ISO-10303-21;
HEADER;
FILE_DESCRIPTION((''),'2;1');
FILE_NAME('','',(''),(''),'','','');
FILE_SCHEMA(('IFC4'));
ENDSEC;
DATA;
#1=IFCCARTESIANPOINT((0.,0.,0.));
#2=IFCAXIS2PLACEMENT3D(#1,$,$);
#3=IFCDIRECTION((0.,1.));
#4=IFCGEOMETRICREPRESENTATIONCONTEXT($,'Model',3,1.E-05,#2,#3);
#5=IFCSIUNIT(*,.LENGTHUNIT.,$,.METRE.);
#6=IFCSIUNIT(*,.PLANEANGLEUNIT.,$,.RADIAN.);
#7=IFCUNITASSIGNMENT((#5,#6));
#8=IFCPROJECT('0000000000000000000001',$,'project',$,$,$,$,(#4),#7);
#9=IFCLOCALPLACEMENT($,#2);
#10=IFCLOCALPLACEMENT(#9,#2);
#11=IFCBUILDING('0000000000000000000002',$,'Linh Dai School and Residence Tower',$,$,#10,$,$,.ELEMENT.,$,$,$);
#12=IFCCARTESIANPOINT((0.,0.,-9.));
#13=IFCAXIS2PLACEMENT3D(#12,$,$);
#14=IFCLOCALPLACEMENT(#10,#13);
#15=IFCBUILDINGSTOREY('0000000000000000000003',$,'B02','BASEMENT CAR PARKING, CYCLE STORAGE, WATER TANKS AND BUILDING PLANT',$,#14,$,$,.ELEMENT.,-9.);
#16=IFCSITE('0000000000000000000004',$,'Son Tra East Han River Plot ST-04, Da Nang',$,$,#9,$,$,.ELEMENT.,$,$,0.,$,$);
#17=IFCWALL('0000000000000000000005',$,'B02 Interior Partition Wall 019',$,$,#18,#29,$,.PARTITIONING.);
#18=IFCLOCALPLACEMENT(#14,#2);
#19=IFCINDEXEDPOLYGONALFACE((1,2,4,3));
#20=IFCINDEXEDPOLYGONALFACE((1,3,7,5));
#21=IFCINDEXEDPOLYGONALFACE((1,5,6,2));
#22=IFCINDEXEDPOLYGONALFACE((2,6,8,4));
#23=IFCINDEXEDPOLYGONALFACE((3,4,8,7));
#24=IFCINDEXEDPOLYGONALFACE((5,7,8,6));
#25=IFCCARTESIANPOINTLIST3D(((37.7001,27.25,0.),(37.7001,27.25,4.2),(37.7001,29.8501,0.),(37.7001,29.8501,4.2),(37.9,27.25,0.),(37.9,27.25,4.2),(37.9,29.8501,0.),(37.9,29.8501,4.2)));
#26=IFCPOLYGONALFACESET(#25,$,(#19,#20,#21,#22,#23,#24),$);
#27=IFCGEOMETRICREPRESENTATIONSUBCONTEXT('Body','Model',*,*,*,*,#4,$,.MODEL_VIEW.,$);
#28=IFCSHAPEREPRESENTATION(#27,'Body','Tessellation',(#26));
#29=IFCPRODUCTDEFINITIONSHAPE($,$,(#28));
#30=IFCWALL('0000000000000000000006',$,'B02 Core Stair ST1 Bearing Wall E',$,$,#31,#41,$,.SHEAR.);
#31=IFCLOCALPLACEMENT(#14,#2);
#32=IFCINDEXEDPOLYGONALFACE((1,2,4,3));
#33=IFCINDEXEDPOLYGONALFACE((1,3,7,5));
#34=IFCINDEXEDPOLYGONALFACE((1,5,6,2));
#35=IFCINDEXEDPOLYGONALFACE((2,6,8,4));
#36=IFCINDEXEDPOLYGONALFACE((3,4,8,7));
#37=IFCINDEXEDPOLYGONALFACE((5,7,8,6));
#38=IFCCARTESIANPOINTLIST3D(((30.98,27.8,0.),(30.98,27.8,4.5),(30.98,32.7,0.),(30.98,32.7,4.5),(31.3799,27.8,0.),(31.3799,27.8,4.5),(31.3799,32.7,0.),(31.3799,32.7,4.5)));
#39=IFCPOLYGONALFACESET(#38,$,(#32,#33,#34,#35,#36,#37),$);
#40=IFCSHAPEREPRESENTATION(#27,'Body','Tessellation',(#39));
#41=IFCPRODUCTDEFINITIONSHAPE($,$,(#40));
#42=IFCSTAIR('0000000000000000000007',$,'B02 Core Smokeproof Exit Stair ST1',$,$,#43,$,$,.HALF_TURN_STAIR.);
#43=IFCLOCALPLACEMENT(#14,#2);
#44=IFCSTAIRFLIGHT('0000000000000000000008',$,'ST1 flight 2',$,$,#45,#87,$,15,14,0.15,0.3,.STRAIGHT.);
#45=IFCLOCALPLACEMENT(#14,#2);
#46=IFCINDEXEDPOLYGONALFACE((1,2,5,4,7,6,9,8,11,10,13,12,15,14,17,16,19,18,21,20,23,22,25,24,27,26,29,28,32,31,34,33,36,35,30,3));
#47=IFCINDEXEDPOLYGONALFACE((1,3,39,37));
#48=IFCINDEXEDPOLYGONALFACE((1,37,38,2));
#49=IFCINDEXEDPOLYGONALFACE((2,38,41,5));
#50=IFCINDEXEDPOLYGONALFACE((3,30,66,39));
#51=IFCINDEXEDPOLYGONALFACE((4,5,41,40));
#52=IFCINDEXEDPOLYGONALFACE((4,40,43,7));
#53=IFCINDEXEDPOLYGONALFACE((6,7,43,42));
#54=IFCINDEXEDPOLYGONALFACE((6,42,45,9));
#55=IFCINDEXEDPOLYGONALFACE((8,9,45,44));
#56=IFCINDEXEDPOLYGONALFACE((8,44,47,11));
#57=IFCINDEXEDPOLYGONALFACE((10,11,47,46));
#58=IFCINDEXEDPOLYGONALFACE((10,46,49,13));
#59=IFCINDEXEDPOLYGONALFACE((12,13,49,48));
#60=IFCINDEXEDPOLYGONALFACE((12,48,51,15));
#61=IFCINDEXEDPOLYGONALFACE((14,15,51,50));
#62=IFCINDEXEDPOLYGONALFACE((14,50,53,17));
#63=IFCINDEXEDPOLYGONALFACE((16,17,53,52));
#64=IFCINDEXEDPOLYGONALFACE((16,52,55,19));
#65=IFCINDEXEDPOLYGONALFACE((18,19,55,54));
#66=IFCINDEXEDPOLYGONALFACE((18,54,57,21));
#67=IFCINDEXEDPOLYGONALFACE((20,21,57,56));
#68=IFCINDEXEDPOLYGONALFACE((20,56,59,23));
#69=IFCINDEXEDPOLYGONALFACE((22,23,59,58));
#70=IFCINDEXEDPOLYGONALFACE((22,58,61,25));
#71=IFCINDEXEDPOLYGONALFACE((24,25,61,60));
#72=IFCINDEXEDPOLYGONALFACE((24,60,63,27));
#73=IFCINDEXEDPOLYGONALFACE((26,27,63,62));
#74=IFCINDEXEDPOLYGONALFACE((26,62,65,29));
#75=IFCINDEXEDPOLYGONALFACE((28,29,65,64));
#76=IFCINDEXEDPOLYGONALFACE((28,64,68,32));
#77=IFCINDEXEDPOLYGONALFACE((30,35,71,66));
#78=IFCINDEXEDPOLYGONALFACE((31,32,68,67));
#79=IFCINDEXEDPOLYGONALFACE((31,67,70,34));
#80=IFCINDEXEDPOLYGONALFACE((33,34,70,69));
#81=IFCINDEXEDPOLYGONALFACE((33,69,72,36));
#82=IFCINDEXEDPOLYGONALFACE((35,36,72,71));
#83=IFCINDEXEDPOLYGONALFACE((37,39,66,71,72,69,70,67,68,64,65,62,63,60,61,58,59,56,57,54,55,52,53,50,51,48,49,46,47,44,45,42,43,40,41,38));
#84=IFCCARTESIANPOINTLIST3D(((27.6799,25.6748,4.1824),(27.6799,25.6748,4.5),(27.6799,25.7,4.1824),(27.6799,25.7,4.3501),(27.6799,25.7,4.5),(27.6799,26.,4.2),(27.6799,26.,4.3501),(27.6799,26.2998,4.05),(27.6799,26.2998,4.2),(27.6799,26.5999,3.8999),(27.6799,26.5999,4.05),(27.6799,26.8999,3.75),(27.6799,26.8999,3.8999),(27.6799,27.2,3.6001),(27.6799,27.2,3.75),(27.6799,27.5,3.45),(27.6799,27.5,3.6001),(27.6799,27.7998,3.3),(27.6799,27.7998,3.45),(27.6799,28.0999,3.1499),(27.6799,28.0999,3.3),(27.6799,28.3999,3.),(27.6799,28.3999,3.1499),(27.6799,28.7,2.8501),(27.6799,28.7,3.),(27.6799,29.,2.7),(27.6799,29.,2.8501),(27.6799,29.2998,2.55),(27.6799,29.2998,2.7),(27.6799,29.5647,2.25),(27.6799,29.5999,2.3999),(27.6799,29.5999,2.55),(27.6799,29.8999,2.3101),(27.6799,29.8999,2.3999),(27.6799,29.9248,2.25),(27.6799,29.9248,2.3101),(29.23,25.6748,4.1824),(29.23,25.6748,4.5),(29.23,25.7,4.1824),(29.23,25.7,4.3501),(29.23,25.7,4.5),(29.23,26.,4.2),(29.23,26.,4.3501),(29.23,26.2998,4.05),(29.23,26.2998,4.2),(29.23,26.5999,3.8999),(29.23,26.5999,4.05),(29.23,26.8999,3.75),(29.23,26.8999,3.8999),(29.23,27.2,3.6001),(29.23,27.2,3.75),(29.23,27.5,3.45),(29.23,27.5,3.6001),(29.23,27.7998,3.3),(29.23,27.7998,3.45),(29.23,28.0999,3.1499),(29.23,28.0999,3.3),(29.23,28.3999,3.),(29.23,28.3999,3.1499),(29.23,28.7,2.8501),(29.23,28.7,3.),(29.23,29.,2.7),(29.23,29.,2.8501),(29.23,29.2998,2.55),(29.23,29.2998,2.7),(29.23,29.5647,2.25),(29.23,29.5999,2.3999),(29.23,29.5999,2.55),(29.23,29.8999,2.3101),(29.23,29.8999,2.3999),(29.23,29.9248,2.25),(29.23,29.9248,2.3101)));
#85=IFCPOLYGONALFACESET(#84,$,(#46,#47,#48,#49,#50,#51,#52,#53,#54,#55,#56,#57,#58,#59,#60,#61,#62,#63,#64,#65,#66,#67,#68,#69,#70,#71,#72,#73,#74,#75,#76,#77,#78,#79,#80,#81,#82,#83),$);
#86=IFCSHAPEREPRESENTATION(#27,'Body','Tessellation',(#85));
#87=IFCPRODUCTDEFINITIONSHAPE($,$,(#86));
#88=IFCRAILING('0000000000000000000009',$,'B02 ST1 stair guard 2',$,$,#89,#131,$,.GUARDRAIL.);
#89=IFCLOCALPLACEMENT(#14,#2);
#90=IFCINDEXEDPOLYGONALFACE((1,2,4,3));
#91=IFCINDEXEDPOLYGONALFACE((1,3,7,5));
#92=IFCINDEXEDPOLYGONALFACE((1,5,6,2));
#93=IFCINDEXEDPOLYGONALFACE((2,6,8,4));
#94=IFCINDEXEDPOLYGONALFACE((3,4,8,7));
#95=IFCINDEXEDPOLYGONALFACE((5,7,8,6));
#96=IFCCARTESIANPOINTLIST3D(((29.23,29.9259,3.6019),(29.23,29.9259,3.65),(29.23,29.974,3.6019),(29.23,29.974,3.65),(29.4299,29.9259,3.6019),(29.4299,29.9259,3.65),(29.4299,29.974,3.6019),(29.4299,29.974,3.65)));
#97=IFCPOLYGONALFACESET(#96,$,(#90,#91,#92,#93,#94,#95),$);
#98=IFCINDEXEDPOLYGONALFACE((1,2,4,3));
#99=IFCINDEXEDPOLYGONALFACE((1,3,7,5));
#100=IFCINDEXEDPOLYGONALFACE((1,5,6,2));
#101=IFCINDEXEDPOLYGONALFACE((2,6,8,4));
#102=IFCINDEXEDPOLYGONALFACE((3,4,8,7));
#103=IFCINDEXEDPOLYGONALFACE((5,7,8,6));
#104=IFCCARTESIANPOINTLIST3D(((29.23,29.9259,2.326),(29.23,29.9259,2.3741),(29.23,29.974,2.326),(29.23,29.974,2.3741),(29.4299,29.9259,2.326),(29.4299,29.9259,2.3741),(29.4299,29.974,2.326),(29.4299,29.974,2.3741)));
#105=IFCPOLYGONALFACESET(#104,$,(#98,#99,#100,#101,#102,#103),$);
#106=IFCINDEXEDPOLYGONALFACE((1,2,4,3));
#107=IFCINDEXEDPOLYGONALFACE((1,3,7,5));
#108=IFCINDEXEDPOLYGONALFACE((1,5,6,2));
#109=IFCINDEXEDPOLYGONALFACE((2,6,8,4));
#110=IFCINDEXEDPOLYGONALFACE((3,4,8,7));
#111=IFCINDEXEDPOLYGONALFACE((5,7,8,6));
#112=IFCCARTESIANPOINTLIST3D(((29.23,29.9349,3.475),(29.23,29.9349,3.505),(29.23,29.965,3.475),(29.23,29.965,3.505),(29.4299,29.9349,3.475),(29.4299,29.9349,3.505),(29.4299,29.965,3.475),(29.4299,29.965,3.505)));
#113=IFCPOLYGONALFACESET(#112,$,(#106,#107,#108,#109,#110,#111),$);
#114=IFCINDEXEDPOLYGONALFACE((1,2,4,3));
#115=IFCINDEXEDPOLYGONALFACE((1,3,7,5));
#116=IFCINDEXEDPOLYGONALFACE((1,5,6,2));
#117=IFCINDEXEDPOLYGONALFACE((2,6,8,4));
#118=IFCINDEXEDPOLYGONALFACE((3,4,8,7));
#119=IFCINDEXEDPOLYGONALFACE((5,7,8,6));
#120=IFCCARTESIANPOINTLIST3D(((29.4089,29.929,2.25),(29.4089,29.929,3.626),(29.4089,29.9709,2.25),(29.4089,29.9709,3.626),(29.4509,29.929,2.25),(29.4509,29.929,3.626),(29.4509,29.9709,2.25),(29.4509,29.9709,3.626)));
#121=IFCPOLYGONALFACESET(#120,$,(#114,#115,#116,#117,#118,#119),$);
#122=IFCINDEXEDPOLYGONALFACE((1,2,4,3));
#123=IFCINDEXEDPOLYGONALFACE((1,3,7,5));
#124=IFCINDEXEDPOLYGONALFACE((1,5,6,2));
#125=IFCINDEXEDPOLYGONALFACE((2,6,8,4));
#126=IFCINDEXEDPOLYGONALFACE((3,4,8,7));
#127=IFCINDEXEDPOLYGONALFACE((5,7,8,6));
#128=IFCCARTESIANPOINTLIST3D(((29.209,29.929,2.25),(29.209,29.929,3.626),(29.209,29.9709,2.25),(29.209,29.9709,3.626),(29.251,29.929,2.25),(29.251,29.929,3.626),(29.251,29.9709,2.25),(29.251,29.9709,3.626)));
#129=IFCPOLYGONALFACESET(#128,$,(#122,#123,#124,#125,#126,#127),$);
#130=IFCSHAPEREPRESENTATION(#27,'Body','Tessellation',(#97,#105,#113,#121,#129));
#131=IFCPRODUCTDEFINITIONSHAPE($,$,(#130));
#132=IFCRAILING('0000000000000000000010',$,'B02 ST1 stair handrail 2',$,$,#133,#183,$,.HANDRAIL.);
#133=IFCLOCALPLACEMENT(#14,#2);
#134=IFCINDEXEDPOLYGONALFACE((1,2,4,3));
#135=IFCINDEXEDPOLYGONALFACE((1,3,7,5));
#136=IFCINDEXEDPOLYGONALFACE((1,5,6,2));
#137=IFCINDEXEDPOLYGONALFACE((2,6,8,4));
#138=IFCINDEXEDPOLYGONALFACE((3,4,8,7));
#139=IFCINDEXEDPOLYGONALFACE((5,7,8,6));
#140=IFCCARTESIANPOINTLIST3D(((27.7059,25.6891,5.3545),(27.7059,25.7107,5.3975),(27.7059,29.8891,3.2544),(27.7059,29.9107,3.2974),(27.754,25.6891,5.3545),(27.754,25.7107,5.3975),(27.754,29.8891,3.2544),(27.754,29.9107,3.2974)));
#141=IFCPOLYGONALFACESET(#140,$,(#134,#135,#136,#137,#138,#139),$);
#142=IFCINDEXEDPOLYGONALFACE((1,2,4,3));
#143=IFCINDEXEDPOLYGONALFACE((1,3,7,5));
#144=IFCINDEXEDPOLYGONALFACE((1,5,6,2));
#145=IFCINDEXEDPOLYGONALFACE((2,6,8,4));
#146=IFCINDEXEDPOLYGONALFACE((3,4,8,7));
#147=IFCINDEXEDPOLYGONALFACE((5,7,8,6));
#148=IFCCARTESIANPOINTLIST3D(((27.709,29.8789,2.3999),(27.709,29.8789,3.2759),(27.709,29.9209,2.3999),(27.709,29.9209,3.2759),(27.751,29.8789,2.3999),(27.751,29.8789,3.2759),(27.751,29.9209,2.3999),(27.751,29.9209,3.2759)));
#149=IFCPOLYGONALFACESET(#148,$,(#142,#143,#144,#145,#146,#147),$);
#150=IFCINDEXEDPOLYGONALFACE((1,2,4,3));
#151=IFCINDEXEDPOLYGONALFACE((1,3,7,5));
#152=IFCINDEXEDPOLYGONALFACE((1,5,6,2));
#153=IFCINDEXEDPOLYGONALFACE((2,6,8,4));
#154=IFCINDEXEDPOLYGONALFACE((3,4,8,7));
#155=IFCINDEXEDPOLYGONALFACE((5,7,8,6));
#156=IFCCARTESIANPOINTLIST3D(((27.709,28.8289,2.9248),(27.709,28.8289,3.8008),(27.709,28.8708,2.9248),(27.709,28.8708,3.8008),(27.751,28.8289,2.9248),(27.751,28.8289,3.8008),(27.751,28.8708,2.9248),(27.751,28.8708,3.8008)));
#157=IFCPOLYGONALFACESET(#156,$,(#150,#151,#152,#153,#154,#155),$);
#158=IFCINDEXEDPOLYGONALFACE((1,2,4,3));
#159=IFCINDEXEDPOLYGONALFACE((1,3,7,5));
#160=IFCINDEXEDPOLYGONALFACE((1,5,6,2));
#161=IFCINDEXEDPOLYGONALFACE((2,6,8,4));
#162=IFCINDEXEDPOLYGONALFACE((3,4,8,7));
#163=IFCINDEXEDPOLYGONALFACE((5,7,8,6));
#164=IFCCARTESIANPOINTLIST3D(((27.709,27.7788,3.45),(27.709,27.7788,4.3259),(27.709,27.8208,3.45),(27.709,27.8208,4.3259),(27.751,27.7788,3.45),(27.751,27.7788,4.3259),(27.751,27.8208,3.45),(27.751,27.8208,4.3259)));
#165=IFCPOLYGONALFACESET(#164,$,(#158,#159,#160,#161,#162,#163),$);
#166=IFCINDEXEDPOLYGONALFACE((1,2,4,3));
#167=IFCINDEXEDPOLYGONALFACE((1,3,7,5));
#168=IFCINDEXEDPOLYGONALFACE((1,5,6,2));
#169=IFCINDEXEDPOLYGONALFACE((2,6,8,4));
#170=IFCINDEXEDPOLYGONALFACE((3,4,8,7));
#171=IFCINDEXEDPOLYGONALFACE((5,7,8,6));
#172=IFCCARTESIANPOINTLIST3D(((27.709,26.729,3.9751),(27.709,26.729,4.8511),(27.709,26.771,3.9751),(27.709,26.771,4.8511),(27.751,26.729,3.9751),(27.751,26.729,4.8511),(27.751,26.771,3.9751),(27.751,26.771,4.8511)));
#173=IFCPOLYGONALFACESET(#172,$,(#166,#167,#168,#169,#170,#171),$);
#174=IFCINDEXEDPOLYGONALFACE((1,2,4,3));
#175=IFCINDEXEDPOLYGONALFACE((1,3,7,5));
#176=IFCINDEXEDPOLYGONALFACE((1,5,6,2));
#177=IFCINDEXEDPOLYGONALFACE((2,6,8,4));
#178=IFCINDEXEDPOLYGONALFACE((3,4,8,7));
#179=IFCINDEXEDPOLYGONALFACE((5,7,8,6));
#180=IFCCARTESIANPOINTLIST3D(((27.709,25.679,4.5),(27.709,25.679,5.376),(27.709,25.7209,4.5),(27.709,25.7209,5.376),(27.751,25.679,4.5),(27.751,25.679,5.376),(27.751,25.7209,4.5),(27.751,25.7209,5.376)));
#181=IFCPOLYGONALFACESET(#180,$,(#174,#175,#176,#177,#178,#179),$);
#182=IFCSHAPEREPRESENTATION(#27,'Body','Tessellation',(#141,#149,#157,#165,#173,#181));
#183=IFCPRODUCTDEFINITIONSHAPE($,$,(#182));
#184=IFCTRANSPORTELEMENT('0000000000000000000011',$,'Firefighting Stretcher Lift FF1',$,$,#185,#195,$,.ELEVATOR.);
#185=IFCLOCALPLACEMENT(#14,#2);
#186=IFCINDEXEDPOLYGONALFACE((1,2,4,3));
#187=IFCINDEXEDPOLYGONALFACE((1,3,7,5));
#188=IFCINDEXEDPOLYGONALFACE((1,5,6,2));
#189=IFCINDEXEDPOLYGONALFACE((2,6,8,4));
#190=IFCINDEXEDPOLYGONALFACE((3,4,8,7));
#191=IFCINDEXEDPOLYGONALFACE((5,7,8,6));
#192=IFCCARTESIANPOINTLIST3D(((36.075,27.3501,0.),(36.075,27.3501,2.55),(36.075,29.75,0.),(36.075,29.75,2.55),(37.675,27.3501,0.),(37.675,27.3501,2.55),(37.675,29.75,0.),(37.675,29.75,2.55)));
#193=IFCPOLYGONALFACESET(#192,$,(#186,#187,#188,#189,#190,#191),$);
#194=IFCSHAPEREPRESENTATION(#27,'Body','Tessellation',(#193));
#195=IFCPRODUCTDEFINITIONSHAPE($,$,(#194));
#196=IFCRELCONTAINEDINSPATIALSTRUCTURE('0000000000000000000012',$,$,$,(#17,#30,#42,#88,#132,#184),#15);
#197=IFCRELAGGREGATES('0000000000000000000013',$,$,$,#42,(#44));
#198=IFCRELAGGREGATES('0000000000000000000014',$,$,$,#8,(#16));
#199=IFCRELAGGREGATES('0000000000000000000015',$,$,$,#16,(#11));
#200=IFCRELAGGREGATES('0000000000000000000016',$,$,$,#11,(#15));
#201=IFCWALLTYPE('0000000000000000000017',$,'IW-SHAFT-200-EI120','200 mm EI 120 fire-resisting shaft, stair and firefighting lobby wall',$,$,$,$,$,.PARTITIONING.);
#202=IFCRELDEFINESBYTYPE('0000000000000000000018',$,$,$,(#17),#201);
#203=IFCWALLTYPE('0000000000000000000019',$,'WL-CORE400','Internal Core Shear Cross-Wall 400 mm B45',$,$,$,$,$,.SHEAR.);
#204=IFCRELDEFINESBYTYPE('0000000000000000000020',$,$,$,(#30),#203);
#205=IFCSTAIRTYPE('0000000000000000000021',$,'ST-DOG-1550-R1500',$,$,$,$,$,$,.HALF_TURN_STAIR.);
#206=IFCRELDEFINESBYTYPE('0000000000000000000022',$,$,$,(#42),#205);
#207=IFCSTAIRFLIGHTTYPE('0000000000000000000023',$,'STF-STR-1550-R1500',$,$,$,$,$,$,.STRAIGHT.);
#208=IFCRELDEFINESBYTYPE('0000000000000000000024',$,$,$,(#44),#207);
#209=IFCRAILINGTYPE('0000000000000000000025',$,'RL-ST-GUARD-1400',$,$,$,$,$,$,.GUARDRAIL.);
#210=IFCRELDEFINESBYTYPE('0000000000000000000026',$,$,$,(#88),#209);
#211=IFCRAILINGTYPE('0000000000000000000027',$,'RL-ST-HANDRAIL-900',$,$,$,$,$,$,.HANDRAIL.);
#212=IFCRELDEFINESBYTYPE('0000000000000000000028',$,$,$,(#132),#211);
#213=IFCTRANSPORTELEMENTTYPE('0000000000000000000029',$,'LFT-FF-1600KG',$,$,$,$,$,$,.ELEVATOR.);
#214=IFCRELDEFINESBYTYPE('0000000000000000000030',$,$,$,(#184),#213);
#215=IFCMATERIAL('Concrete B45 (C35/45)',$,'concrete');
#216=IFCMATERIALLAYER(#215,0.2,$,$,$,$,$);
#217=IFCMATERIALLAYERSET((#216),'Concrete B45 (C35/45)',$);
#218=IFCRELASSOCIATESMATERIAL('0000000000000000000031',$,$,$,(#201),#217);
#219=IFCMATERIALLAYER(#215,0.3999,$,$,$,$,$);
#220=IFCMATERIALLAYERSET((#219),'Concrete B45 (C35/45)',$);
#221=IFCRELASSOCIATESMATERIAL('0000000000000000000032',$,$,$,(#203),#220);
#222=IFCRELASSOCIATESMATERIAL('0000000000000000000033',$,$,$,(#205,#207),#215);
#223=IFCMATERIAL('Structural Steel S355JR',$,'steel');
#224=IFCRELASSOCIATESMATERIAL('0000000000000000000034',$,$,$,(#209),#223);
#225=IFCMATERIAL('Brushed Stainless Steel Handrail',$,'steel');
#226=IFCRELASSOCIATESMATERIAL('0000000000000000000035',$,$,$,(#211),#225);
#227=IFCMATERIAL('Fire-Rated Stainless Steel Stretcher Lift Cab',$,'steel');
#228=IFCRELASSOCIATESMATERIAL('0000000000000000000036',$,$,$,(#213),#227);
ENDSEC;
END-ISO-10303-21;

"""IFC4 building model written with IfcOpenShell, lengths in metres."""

from ifc_helpers import new_model, si_unit, direction, frame, frame_2d, origin, origin_2d, place, context, subcontext, project, spatial, polyline, rectangle, outline, extrude, source, transform, mapped, material, layer, layer_set, type_object, element, aggregate, save


model = new_model("IFC4")

# Units and contexts
model_context = context("Model", 3, precision=1e-05, world=origin(), true_north=direction((0.0, 1.0)))
body_context = subcontext(model_context, "Body", "Model", "MODEL_VIEW")
ifc_project = project(units=[si_unit("LENGTHUNIT", "METRE"), si_unit("PLANEANGLEUNIT", "RADIAN")], contexts=[model_context])

# Site, building, storey
site_placement = place(None, origin())
site = spatial("IfcSite", under=ifc_project, at=site_placement, Name="Son Tra East Han River Plot ST-04, Da Nang", CompositionType="ELEMENT", RefElevation=0.0)
building_placement = place(site_placement, origin())
building = spatial("IfcBuilding", under=site, at=building_placement, Name="Linh Dai School and Residence Tower", CompositionType="ELEMENT")
storey_placement = place(building_placement, frame((0.0, 0.0, -9.0)))
storey = spatial("IfcBuildingStorey", under=building, at=storey_placement, Name="B02", Description="BASEMENT CAR PARKING, CYCLE STORAGE, WATER TANKS AND BUILDING PLANT", CompositionType="ELEMENT", Elevation=-9.0)

# Shared definitions
ifc_material_1 = material(Name="Concrete B45 (C35/45)", Category="concrete")

# Shared definitions
ifc_material_2 = material(Name="Structural Steel S355JR", Category="steel")

# Shared definitions
ifc_layer_1 = layer(ifc_material_1, 0.2)
ifc_layer_set_1 = layer_set([ifc_layer_1], Name="Concrete B45 (C35/45)")
wall_type_1 = type_object("IfcWallType", Name="IW-SHAFT-200-EI120", Description="200 mm EI 120 fire-resisting shaft, stair and firefighting lobby wall", PredefinedType="PARTITIONING", material=ifc_layer_set_1)

# Walls
wall_1_placement = place(storey_placement, frame((37.8, 27.25, 0.0), z_axis=(0.0, 0.0, 1.0), x_axis=(0.0, 1.0, 0.0)))
element("IfcWall", 1, at=wall_1_placement, inside=storey, type_object=wall_type_1, Name="B02 Interior Partition Wall 019", PredefinedType="PARTITIONING", context=body_context, shape_type="SweptSolid", body=[
    extrude(rectangle(XDim=2.6001, YDim=0.2, at=frame_2d((1.3, 0.0))), origin(), (0.0, 0.0, 1.0), 4.2),
])
ifc_layer_2 = layer(ifc_material_1, 0.3999)
ifc_layer_set_2 = layer_set([ifc_layer_2], Name="Concrete B45 (C35/45)")
wall_type_2 = type_object("IfcWallType", Name="WL-CORE400", Description="Internal Core Shear Cross-Wall 400 mm B45", PredefinedType="SHEAR", material=ifc_layer_set_2)
wall_2_placement = place(storey_placement, frame((31.1799, 27.8, 0.0), z_axis=(0.0, 0.0, 1.0), x_axis=(0.0, 1.0, 0.0)))
element("IfcWall", 2, at=wall_2_placement, inside=storey, type_object=wall_type_2, Name="B02 Core Stair ST1 Bearing Wall E", PredefinedType="SHEAR", context=body_context, shape_type="SweptSolid", body=[
    extrude(rectangle(XDim=4.8999, YDim=0.3999, at=frame_2d((2.45, 0.0))), origin(), (0.0, 0.0, 1.0), 4.5),
])

# Stair, stair flight
stair_type = type_object("IfcStairType", Name="ST-DOG-1550-R1500", PredefinedType="HALF_TURN_STAIR", material=ifc_material_1)
stair_placement = place(storey_placement, origin())
stair = element("IfcStair", 3, at=stair_placement, inside=storey, type_object=stair_type, Name="B02 Core Smokeproof Exit Stair ST1", PredefinedType="HALF_TURN_STAIR")
stair_flight_type = type_object("IfcStairFlightType", Name="STF-STR-1550-R1500", PredefinedType="STRAIGHT", material=ifc_material_1)
shared_shape_1 = source(origin(), body_context, "Body", "SweptSolid", [
    extrude(outline(polyline([(-0.0249, 0.0), (-0.0249, 0.0601), (0.0, 0.0601), (0.0, 0.1499), (0.3, 0.1499), (0.3, 0.3), (0.6001, 0.3), (0.6001, 0.45), (0.8999, 0.45), (0.8999, 0.6001), (1.2, 0.6001), (1.2, 0.75), (1.5, 0.75), (1.5, 0.8999), (1.8, 0.8999), (1.8, 1.05), (2.1001, 1.05), (2.1001, 1.2), (2.3999, 1.2), (2.3999, 1.3501), (2.7, 1.3501), (2.7, 1.5), (3.0, 1.5), (3.0, 1.6499), (3.3, 1.6499), (3.3, 1.8), (3.6001, 1.8), (3.6001, 1.95), (3.8999, 1.95), (3.8999, 2.1001), (4.2, 2.1001), (4.2, 2.25), (4.2251, 2.25), (4.2251, 1.9324), (4.2, 1.9324), (0.3352, 0.0), (-0.0249, 0.0)])), frame((0.0, 0.7749, 0.0), z_axis=(0.0, -1.0, 0.0), x_axis=(1.0, 0.0, 0.0)), (0.0, 0.0, 1.0), 1.55),
])
stair_flight_placement = place(storey_placement, frame((28.4551, 29.8999, 2.25), z_axis=(0.0, 0.0, 1.0), x_axis=(0.0, -1.0, 0.0)))
stair_flight = element("IfcStairFlight", 4, at=stair_flight_placement, type_object=stair_flight_type, Name="ST1 flight 2", NumberOfRisers=15, NumberOfTreads=14, PredefinedType="STRAIGHT", RiserHeight=0.15, TreadLength=0.3, context=body_context, shape_type="MappedRepresentation", body=[
    mapped(shared_shape_1, transform((0.0, 0.0, 0.0), x_axis=(1.0, 0.0, 0.0), y_axis=(0.0, 1.0, 0.0), z_axis=(0.0, 0.0, 1.0), scale=1.0)),
])
aggregate(stair, [stair_flight])

# Railings
railing_type_1 = type_object("IfcRailingType", Name="RL-ST-GUARD-1400", PredefinedType="GUARDRAIL", material=ifc_material_2)
shared_shape_2 = source(origin(), body_context, "Body", "SweptSolid", [
    extrude(rectangle(XDim=0.0481, YDim=0.0481, at=origin_2d()), frame((0.0, 0.0, 1.376), z_axis=(-1.0, 0.0, 0.0), x_axis=(0.0, -1.0, 0.0)), (0.0, 0.0, 1.0), 0.2),
    extrude(rectangle(XDim=0.0481, YDim=0.0481, at=origin_2d()), frame((0.0, 0.0, 0.1001), z_axis=(-1.0, 0.0, 0.0), x_axis=(0.0, -1.0, 0.0)), (0.0, 0.0, 1.0), 0.2),
    extrude(rectangle(XDim=0.03, YDim=0.03, at=origin_2d()), frame((0.0, 0.0, 1.24), z_axis=(-1.0, 0.0, 0.0), x_axis=(0.0, -1.0, 0.0)), (0.0, 0.0, 1.0), 0.2),
    extrude(rectangle(XDim=0.042, YDim=0.042, at=origin_2d()), origin(), (0.0, 0.0, 1.0), 1.376),
    extrude(rectangle(XDim=0.042, YDim=0.042, at=origin_2d()), frame((-0.2, 0.0, 0.0)), (0.0, 0.0, 1.0), 1.376),
])
railing_1_placement = place(storey_placement, frame((29.4299, 29.95, 2.25)))
element("IfcRailing", 5, at=railing_1_placement, inside=storey, type_object=railing_type_1, Name="B02 ST1 stair guard 2", PredefinedType="GUARDRAIL", context=body_context, shape_type="MappedRepresentation", body=[
    mapped(shared_shape_2, transform((0.0, 0.0, 0.0), x_axis=(1.0, 0.0, 0.0), y_axis=(0.0, 1.0, 0.0), z_axis=(0.0, 0.0, 1.0), scale=1.0)),
])
ifc_material_3 = material(Name="Brushed Stainless Steel Handrail", Category="steel")
railing_type_2 = type_object("IfcRailingType", Name="RL-ST-HANDRAIL-900", PredefinedType="HANDRAIL", material=ifc_material_3)
shared_shape_3 = source(origin(), body_context, "Body", "SweptSolid", [
    extrude(rectangle(XDim=0.0481, YDim=0.0481, at=origin_2d()), frame((0.0, 0.0, 0.876), z_axis=(0.0, -0.894417, 0.447234), x_axis=(1.0, 0.0, 0.0)), (0.0, 0.0, 1.0), 4.6958),
    extrude(rectangle(XDim=0.042, YDim=0.042, at=origin_2d()), origin(), (0.0, 0.0, 1.0), 0.876),
    extrude(rectangle(XDim=0.042, YDim=0.042, at=origin_2d()), frame((0.0, -1.05, 0.5249)), (0.0, 0.0, 1.0), 0.876),
    extrude(rectangle(XDim=0.042, YDim=0.042, at=origin_2d()), frame((0.0, -2.1001, 1.05)), (0.0, 0.0, 1.0), 0.876),
    extrude(rectangle(XDim=0.042, YDim=0.042, at=origin_2d()), frame((0.0, -3.1499, 1.5752)), (0.0, 0.0, 1.0), 0.876),
    extrude(rectangle(XDim=0.042, YDim=0.042, at=origin_2d()), frame((0.0, -4.2, 2.1001)), (0.0, 0.0, 1.0), 0.876),
])
railing_2_placement = place(storey_placement, frame((27.73, 29.8999, 2.3999)))
element("IfcRailing", 6, at=railing_2_placement, inside=storey, type_object=railing_type_2, Name="B02 ST1 stair handrail 2", PredefinedType="HANDRAIL", context=body_context, shape_type="MappedRepresentation", body=[
    mapped(shared_shape_3, transform((0.0, 0.0, 0.0), x_axis=(1.0, 0.0, 0.0), y_axis=(0.0, 1.0, 0.0), z_axis=(0.0, 0.0, 1.0), scale=1.0)),
])

# Transport element
ifc_material_4 = material(Name="Fire-Rated Stainless Steel Stretcher Lift Cab", Category="steel")
transport_element_type = type_object("IfcTransportElementType", Name="LFT-FF-1600KG", PredefinedType="ELEVATOR", material=ifc_material_4)
shared_shape_4 = source(origin(), body_context, "Body", "SweptSolid", [
    extrude(rectangle(XDim=1.6001, YDim=2.3999, at=origin_2d()), origin(), (0.0, 0.0, 1.0), 2.55),
])
transport_element_placement = place(storey_placement, frame((36.875, 28.55, 0.0), z_axis=(0.0, 0.0, 1.0), x_axis=(1.0, 0.0, 0.0)))
element("IfcTransportElement", 7, at=transport_element_placement, inside=storey, type_object=transport_element_type, Name="Firefighting Stretcher Lift FF1", PredefinedType="ELEVATOR", context=body_context, shape_type="MappedRepresentation", body=[
    mapped(shared_shape_4, transform((0.0, 0.0, 0.0), x_axis=(1.0, 0.0, 0.0), y_axis=(0.0, 1.0, 0.0), z_axis=(0.0, 0.0, 1.0), scale=1.0)),
])

save(model, "model.ifc")
